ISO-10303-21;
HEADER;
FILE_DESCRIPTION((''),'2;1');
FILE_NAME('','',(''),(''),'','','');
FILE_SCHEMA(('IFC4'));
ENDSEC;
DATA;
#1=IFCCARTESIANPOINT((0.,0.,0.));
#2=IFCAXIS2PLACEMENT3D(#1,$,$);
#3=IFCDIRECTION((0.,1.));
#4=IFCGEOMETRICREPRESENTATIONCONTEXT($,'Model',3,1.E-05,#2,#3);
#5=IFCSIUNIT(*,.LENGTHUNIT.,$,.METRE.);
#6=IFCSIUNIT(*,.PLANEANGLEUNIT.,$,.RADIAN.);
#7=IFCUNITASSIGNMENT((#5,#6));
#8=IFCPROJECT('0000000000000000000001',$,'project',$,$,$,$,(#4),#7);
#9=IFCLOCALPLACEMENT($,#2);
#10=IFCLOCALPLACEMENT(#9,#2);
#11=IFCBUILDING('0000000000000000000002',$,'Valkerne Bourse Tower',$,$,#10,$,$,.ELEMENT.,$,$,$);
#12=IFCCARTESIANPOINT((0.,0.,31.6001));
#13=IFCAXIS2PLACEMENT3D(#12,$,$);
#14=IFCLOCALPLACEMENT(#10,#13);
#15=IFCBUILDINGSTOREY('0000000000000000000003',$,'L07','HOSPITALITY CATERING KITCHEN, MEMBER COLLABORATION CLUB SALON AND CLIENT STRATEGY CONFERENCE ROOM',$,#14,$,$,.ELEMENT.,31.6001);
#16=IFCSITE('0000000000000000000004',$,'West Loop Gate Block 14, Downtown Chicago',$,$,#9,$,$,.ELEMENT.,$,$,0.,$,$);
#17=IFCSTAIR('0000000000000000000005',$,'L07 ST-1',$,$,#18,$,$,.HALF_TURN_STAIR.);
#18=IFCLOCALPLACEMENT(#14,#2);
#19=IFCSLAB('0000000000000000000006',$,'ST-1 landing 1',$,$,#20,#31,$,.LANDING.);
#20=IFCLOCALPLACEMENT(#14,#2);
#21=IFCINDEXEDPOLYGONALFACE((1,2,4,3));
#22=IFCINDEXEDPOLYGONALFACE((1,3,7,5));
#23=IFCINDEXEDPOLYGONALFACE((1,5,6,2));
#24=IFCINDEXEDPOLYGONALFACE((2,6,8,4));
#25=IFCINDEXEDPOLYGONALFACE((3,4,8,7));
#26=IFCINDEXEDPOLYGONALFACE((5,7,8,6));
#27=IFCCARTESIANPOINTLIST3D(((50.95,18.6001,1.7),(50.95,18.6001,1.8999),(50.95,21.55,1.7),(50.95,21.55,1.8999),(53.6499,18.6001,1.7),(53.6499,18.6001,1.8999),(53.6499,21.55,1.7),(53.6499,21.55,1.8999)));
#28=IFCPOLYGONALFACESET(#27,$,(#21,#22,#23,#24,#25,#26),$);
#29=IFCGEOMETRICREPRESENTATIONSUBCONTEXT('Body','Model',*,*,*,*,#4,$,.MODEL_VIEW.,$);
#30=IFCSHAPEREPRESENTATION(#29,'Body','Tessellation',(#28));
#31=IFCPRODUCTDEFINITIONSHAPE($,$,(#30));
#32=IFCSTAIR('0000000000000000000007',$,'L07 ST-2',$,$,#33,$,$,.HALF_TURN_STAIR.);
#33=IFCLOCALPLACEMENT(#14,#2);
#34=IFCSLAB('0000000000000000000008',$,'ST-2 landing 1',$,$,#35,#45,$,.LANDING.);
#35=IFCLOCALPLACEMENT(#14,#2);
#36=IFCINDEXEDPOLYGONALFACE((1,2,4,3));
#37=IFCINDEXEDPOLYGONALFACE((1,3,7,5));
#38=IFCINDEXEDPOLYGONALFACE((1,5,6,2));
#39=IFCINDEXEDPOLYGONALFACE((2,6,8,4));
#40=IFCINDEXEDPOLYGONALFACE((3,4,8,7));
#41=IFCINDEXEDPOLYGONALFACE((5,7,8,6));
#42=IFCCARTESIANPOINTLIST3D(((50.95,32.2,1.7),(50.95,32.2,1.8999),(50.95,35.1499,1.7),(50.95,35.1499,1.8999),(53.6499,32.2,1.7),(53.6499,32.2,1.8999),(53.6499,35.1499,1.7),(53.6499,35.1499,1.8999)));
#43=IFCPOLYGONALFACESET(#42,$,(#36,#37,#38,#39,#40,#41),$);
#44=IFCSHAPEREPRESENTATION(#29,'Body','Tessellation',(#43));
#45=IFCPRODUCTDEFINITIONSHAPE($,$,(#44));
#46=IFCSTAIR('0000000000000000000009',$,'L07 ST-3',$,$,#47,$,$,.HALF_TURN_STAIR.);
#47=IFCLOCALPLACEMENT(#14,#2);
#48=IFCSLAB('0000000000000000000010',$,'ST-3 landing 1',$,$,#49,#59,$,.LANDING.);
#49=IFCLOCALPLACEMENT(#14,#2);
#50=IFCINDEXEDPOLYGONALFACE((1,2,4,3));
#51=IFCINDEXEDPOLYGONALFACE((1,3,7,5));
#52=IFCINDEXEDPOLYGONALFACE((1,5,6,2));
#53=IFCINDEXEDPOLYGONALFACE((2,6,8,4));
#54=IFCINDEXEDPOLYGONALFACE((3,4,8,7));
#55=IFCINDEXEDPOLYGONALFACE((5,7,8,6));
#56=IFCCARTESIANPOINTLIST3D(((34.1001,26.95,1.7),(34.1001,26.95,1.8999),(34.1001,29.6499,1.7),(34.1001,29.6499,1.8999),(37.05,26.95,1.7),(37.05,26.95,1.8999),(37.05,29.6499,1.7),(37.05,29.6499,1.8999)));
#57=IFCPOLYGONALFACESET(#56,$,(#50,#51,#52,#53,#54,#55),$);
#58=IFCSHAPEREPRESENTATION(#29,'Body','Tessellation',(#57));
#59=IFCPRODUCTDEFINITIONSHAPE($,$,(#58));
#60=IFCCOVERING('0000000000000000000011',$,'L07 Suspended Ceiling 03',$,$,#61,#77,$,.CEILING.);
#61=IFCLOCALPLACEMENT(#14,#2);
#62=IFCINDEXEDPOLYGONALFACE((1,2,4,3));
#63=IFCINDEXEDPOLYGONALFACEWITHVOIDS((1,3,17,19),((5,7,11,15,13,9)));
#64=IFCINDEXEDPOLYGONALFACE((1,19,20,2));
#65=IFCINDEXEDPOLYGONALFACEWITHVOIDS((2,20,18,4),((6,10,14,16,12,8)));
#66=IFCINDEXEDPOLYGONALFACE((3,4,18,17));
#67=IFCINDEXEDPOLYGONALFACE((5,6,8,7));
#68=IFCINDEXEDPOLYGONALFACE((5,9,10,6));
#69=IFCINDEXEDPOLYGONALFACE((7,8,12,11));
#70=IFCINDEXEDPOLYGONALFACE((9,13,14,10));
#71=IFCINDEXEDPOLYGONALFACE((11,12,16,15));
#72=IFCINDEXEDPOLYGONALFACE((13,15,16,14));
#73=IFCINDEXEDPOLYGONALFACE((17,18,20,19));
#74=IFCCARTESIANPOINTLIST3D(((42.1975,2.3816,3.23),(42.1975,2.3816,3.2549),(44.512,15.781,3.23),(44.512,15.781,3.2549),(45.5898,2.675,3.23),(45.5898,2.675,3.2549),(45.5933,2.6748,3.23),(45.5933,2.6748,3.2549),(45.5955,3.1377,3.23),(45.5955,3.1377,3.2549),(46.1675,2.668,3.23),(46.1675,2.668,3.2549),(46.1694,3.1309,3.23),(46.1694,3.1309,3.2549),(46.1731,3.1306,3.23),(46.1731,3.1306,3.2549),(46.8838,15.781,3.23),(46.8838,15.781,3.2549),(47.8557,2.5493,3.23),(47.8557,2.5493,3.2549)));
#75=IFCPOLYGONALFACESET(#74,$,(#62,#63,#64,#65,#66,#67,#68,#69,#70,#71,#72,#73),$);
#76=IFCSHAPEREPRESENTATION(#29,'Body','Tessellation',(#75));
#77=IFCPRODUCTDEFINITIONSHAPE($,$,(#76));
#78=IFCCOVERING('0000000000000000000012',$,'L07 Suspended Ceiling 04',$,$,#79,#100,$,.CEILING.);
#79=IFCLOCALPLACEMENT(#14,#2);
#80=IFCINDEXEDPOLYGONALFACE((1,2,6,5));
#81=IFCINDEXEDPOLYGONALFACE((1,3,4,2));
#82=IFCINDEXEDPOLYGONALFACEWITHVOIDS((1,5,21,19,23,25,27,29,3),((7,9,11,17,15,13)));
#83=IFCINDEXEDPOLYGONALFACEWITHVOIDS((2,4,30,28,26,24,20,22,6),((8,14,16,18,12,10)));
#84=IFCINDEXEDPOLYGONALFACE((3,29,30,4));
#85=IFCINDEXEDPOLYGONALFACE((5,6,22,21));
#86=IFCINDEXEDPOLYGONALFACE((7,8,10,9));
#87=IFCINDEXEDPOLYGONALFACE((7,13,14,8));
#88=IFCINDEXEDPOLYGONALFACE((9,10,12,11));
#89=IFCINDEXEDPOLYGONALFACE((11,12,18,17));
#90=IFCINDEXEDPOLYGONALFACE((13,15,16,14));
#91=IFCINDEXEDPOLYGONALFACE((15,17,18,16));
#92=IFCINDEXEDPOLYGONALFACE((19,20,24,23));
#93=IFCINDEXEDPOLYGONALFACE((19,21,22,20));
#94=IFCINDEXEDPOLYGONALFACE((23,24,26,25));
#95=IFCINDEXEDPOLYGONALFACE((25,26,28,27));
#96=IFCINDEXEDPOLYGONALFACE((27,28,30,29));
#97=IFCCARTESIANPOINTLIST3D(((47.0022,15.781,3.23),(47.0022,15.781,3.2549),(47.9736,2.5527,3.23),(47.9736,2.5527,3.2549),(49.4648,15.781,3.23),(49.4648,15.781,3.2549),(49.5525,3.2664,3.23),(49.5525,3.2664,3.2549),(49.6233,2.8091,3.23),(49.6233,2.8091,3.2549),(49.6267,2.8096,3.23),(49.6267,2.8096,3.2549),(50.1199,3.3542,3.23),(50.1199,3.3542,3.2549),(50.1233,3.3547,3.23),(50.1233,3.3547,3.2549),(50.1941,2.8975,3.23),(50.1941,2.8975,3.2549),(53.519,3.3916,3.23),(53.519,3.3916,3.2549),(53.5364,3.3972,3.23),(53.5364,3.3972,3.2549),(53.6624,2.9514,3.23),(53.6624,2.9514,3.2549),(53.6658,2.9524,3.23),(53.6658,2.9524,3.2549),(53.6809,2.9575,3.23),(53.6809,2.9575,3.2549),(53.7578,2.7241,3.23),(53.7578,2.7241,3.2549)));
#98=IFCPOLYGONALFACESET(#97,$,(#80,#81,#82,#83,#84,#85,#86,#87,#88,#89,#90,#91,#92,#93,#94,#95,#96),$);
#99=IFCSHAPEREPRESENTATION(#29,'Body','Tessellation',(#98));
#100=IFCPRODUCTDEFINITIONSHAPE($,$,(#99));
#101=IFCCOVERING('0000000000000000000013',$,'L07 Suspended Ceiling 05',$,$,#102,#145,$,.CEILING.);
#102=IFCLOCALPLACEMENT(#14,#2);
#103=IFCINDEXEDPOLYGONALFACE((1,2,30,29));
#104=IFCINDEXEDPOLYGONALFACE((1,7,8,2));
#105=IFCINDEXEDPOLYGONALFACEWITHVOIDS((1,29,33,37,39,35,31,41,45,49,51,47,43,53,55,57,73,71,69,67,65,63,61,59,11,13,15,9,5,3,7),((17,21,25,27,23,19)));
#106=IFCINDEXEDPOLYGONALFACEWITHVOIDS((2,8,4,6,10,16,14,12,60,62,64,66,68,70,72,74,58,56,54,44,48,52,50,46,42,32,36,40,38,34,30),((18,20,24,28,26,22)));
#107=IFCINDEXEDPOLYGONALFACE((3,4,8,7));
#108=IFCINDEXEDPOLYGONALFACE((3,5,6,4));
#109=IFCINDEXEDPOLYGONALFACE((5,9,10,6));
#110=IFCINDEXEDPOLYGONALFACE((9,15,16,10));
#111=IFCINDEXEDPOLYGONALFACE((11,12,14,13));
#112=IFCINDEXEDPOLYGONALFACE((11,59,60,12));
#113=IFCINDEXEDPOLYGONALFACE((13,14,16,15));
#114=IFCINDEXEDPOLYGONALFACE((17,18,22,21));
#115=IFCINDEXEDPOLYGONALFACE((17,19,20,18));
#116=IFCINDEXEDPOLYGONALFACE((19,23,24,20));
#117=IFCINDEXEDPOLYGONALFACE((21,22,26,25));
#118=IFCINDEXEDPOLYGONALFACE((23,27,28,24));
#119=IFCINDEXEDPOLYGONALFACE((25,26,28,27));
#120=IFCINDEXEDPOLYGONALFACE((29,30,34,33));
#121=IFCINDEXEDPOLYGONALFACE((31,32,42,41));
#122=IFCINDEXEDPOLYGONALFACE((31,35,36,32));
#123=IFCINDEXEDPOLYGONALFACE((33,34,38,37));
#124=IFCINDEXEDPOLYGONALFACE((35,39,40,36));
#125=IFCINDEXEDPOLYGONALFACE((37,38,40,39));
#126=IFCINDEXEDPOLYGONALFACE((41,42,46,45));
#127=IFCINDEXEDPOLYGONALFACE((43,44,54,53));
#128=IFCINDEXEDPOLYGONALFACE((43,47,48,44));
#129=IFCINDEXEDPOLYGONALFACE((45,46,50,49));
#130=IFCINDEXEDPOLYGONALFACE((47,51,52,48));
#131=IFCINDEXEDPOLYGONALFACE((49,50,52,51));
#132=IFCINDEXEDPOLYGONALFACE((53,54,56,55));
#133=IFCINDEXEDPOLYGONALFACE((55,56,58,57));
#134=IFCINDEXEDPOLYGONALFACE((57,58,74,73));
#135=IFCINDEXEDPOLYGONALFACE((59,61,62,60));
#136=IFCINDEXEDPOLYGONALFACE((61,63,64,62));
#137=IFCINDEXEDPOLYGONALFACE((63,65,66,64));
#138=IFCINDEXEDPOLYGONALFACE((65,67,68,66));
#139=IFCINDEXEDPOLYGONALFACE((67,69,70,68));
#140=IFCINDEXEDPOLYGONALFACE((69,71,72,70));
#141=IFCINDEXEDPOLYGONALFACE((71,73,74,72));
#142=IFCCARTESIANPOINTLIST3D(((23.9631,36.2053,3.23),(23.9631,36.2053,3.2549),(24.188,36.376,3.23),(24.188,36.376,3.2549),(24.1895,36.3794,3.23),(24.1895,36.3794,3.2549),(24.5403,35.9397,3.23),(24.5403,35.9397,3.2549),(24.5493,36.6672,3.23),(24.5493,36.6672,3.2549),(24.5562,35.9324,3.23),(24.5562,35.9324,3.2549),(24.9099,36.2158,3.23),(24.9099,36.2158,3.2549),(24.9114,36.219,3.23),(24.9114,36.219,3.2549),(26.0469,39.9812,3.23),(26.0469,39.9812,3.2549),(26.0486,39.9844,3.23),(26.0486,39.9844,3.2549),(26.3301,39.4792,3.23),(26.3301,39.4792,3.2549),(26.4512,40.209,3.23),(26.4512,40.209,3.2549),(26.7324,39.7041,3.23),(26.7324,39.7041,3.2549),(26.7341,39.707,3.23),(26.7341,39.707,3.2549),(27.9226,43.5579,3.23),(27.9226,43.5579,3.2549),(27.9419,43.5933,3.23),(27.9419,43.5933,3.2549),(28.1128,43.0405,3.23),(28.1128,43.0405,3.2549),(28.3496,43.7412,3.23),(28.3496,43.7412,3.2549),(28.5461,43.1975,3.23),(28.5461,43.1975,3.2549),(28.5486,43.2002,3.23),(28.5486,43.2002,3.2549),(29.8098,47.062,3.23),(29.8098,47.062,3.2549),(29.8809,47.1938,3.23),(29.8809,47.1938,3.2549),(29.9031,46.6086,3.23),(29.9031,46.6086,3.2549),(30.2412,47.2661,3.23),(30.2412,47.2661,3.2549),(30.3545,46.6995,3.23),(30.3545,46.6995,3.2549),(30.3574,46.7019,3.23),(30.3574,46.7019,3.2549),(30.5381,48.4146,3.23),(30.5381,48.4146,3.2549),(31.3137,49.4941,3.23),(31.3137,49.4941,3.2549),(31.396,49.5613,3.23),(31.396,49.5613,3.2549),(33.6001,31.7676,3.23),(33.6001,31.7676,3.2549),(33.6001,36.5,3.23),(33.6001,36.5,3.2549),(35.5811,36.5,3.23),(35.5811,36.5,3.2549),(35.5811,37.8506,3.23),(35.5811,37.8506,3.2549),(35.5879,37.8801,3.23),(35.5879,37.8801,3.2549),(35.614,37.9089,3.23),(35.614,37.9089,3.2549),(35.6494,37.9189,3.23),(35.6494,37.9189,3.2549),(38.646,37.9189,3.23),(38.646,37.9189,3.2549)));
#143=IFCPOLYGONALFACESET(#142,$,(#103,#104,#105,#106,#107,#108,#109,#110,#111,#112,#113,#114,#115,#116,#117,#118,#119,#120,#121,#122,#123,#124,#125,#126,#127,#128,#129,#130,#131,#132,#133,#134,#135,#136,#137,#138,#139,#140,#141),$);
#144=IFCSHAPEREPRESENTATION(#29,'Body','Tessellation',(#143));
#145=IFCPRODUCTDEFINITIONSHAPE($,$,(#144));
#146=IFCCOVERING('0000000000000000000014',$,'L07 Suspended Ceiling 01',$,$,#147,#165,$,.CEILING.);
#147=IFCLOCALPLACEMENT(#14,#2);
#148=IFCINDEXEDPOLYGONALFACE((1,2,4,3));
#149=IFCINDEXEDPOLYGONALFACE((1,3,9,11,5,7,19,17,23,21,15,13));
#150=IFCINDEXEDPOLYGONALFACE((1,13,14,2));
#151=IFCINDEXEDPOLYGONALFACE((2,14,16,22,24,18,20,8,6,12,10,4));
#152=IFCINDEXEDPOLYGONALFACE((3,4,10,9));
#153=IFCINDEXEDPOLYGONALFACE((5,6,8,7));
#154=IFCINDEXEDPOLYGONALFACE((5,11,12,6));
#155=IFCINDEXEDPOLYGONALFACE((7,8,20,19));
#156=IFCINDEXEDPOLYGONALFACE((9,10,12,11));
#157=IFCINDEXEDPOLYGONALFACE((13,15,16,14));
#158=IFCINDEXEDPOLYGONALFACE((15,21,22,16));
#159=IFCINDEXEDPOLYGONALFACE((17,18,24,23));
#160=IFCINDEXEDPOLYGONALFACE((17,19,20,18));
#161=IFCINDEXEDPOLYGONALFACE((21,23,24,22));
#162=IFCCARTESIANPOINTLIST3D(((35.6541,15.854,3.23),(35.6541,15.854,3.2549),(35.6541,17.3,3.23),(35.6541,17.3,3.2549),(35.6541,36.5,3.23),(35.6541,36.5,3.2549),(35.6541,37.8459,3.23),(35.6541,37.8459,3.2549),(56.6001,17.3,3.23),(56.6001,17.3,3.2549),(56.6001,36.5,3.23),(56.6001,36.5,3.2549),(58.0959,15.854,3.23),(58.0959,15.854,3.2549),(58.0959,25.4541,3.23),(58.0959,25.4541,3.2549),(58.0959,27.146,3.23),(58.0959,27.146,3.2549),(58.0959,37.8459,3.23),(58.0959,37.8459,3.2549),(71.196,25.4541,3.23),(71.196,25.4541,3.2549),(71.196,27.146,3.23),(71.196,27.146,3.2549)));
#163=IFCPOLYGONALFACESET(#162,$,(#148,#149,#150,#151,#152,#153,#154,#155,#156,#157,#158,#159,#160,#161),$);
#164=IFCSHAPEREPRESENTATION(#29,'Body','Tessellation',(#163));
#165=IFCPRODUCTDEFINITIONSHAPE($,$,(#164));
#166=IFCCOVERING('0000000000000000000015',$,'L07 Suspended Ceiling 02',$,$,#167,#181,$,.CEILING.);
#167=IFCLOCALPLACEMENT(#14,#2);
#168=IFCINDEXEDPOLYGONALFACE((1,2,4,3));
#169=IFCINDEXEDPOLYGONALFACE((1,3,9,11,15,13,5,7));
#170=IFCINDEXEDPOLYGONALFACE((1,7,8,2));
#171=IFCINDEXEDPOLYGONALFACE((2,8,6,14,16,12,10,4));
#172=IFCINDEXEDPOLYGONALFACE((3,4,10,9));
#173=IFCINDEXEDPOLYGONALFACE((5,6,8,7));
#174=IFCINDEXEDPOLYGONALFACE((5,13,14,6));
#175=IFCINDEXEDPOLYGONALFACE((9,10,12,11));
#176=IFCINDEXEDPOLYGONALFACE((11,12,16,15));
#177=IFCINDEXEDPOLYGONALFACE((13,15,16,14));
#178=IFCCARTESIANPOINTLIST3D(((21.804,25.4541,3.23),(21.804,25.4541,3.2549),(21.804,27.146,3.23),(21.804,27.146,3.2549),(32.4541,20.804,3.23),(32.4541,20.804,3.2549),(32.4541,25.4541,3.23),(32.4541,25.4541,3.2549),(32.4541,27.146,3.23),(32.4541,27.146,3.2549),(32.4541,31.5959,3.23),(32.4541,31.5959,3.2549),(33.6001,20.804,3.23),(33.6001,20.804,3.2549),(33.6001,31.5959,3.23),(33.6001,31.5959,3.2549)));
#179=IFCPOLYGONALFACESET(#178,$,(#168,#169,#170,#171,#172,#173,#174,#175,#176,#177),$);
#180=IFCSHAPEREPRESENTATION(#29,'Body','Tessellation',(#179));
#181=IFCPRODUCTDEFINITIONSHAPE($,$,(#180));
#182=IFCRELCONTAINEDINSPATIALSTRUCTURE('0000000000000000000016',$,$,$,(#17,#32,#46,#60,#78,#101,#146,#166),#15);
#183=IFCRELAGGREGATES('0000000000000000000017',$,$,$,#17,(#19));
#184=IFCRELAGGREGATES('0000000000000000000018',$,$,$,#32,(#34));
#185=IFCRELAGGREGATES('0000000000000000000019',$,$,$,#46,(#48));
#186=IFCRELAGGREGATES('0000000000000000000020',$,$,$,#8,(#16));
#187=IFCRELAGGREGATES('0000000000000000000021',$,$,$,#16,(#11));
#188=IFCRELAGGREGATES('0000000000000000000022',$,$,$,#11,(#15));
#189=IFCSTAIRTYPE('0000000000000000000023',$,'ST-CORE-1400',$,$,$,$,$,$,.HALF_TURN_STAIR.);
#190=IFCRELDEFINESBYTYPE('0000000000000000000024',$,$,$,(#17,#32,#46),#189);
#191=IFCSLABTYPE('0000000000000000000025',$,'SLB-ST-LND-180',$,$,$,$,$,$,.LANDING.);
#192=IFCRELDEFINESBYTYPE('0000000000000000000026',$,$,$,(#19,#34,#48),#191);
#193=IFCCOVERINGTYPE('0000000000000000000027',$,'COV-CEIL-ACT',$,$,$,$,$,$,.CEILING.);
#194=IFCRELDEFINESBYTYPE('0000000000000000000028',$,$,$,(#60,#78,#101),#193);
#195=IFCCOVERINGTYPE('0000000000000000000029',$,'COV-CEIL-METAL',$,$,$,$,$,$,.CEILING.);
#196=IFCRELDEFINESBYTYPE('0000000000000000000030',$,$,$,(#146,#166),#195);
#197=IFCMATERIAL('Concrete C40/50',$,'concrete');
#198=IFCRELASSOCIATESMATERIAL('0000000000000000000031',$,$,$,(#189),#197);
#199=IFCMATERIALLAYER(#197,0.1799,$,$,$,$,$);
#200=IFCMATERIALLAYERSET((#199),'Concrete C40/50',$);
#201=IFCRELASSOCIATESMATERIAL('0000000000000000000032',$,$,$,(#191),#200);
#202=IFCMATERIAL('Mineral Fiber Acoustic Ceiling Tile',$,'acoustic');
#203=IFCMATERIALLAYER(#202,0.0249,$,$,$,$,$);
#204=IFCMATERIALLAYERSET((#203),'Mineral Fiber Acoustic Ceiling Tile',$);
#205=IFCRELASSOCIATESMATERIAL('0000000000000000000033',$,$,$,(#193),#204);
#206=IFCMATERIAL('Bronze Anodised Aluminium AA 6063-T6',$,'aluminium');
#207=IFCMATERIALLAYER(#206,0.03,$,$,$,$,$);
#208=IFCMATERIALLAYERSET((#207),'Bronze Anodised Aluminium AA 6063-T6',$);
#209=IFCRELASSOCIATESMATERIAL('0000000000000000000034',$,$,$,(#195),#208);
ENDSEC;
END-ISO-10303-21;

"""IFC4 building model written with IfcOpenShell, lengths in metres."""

from ifc_helpers import new_model, si_unit, direction, frame, origin, place, context, subcontext, project, spatial, polyline, outline, extrude, material, layer, layer_set, type_object, element, aggregate, save


model = new_model("IFC4")

# Units and contexts
model_context = context("Model", 3, precision=1e-05, world=origin(), true_north=direction((0.0, 1.0)))
body_context = subcontext(model_context, "Body", "Model", "MODEL_VIEW")
ifc_project = project(units=[si_unit("LENGTHUNIT", "METRE"), si_unit("PLANEANGLEUNIT", "RADIAN")], contexts=[model_context])

# Site, building, storey
site_placement = place(None, origin())
site = spatial("IfcSite", under=ifc_project, at=site_placement, Name="West Loop Gate Block 14, Downtown Chicago", CompositionType="ELEMENT", RefElevation=0.0)
building_placement = place(site_placement, origin())
building = spatial("IfcBuilding", under=site, at=building_placement, Name="Valkerne Bourse Tower", CompositionType="ELEMENT")
storey_placement = place(building_placement, frame((0.0, 0.0, 31.6001)))
storey = spatial("IfcBuildingStorey", under=building, at=storey_placement, Name="L07", Description="HOSPITALITY CATERING KITCHEN, MEMBER COLLABORATION CLUB SALON AND CLIENT STRATEGY CONFERENCE ROOM", CompositionType="ELEMENT", Elevation=31.6001)

# Stairs, slabs
ifc_material_1 = material(Name="Concrete C40/50", Category="concrete")
stair_type = type_object("IfcStairType", Name="ST-CORE-1400", PredefinedType="HALF_TURN_STAIR", material=ifc_material_1)
stair_1_placement = place(storey_placement, origin())
stair_1 = element("IfcStair", 1, at=stair_1_placement, inside=storey, type_object=stair_type, Name="L07 ST-1", PredefinedType="HALF_TURN_STAIR")
ifc_layer_1 = layer(ifc_material_1, 0.1799)
ifc_layer_set_1 = layer_set([ifc_layer_1], Name="Concrete C40/50")
slab_type = type_object("IfcSlabType", Name="SLB-ST-LND-180", PredefinedType="LANDING", material=ifc_layer_set_1)
slab_1_placement = place(storey_placement, frame((0.0, 0.0, 1.7)))
slab_1 = element("IfcSlab", 2, at=slab_1_placement, type_object=slab_type, Name="ST-1 landing 1", PredefinedType="LANDING", context=body_context, shape_type="SweptSolid", body=[
    extrude(outline(polyline([(50.95, 18.6001), (53.6499, 18.6001), (53.6499, 21.55), (50.95, 21.55), (50.95, 18.6001)])), origin(), (0.0, 0.0, 1.0), 0.2),
])
aggregate(stair_1, [slab_1])
stair_2_placement = place(storey_placement, origin())
stair_2 = element("IfcStair", 3, at=stair_2_placement, inside=storey, type_object=stair_type, Name="L07 ST-2", PredefinedType="HALF_TURN_STAIR")
slab_2_placement = place(storey_placement, frame((0.0, 0.0, 1.7)))
slab_2 = element("IfcSlab", 4, at=slab_2_placement, type_object=slab_type, Name="ST-2 landing 1", PredefinedType="LANDING", context=body_context, shape_type="SweptSolid", body=[
    extrude(outline(polyline([(50.95, 32.2), (53.6499, 32.2), (53.6499, 35.1499), (50.95, 35.1499), (50.95, 32.2)])), origin(), (0.0, 0.0, 1.0), 0.2),
])
aggregate(stair_2, [slab_2])
stair_3_placement = place(storey_placement, origin())
stair_3 = element("IfcStair", 5, at=stair_3_placement, inside=storey, type_object=stair_type, Name="L07 ST-3", PredefinedType="HALF_TURN_STAIR")
slab_3_placement = place(storey_placement, frame((0.0, 0.0, 1.7)))
slab_3 = element("IfcSlab", 6, at=slab_3_placement, type_object=slab_type, Name="ST-3 landing 1", PredefinedType="LANDING", context=body_context, shape_type="SweptSolid", body=[
    extrude(outline(polyline([(37.05, 26.95), (37.05, 29.6499), (34.1001, 29.6499), (34.1001, 26.95), (37.05, 26.95)])), origin(), (0.0, 0.0, 1.0), 0.2),
])
aggregate(stair_3, [slab_3])

# Coverings
ifc_material_2 = material(Name="Mineral Fiber Acoustic Ceiling Tile", Category="acoustic")
ifc_layer_2 = layer(ifc_material_2, 0.0249)
ifc_layer_set_2 = layer_set([ifc_layer_2], Name="Mineral Fiber Acoustic Ceiling Tile")
covering_type_1 = type_object("IfcCoveringType", Name="COV-CEIL-ACT", PredefinedType="CEILING", material=ifc_layer_set_2)
covering_1_placement = place(storey_placement, frame((0.0, 0.0, 3.23)))
element("IfcCovering", 7, at=covering_1_placement, inside=storey, type_object=covering_type_1, Name="L07 Suspended Ceiling 03", PredefinedType="CEILING", context=body_context, shape_type="SweptSolid", body=[
    extrude(outline(polyline([(46.8838, 15.781), (47.8557, 2.5493), (42.1975, 2.3816), (44.512, 15.781), (46.8838, 15.781)]), holes=[polyline([(46.1731, 3.1306), (46.1694, 3.1309), (45.5955, 3.1377), (45.5898, 2.675), (45.5933, 2.6748), (46.1675, 2.668), (46.1731, 3.1306)])]), origin(), (0.0, 0.0, 1.0), 0.0249),
])
covering_2_placement = place(storey_placement, frame((0.0, 0.0, 3.23)))
element("IfcCovering", 8, at=covering_2_placement, inside=storey, type_object=covering_type_1, Name="L07 Suspended Ceiling 04", PredefinedType="CEILING", context=body_context, shape_type="SweptSolid", body=[
    extrude(outline(polyline([(49.4648, 15.781), (53.5364, 3.3972), (53.519, 3.3916), (53.6624, 2.9514), (53.6658, 2.9524), (53.6809, 2.9575), (53.7578, 2.7241), (47.9736, 2.5527), (47.0022, 15.781), (49.4648, 15.781)]), holes=[polyline([(49.6267, 2.8096), (50.1941, 2.8975), (50.1233, 3.3547), (50.1199, 3.3542), (49.5525, 3.2664), (49.6233, 2.8091), (49.6267, 2.8096)])]), origin(), (0.0, 0.0, 1.0), 0.0249),
])
covering_3_placement = place(storey_placement, frame((0.0, 0.0, 3.23)))
element("IfcCovering", 9, at=covering_3_placement, inside=storey, type_object=covering_type_1, Name="L07 Suspended Ceiling 05", PredefinedType="CEILING", context=body_context, shape_type="SweptSolid", body=[
    extrude(outline(polyline([(31.396, 49.5613), (38.646, 37.9189), (35.6494, 37.9189), (35.614, 37.9089), (35.5879, 37.8801), (35.5811, 37.8506), (35.5811, 36.5), (33.6001, 36.5), (33.6001, 31.7676), (24.5562, 35.9324), (24.9099, 36.2158), (24.9114, 36.219), (24.5493, 36.6672), (24.1895, 36.3794), (24.188, 36.376), (24.5403, 35.9397), (23.9631, 36.2053), (27.9226, 43.5579), (28.1128, 43.0405), (28.5461, 43.1975), (28.5486, 43.2002), (28.3496, 43.7412), (27.9419, 43.5933), (29.8098, 47.062), (29.9031, 46.6086), (30.3545, 46.6995), (30.3574, 46.7019), (30.2412, 47.2661), (29.8809, 47.1938), (30.5381, 48.4146), (31.3137, 49.4941), (31.396, 49.5613)]), holes=[polyline([(26.7324, 39.7041), (26.7341, 39.707), (26.4512, 40.209), (26.0486, 39.9844), (26.0469, 39.9812), (26.3301, 39.4792), (26.7324, 39.7041)])]), origin(), (0.0, 0.0, 1.0), 0.0249),
])
ifc_material_3 = material(Name="Bronze Anodised Aluminium AA 6063-T6", Category="aluminium")
ifc_layer_3 = layer(ifc_material_3, 0.03)
ifc_layer_set_3 = layer_set([ifc_layer_3], Name="Bronze Anodised Aluminium AA 6063-T6")
covering_type_2 = type_object("IfcCoveringType", Name="COV-CEIL-METAL", PredefinedType="CEILING", material=ifc_layer_set_3)
covering_4_placement = place(storey_placement, frame((0.0, 0.0, 3.23)))
element("IfcCovering", 10, at=covering_4_placement, inside=storey, type_object=covering_type_2, Name="L07 Suspended Ceiling 01", PredefinedType="CEILING", context=body_context, shape_type="SweptSolid", body=[
    extrude(outline(polyline([(71.196, 27.146), (71.196, 25.4541), (58.0959, 25.4541), (58.0959, 15.854), (35.6541, 15.854), (35.6541, 17.3), (56.6001, 17.3), (56.6001, 36.5), (35.6541, 36.5), (35.6541, 37.8459), (58.0959, 37.8459), (58.0959, 27.146), (71.196, 27.146)])), origin(), (0.0, 0.0, 1.0), 0.0249),
])
covering_5_placement = place(storey_placement, frame((0.0, 0.0, 3.23)))
element("IfcCovering", 11, at=covering_5_placement, inside=storey, type_object=covering_type_2, Name="L07 Suspended Ceiling 02", PredefinedType="CEILING", context=body_context, shape_type="SweptSolid", body=[
    extrude(outline(polyline([(32.4541, 20.804), (32.4541, 25.4541), (21.804, 25.4541), (21.804, 27.146), (32.4541, 27.146), (32.4541, 31.5959), (33.6001, 31.5959), (33.6001, 20.804), (32.4541, 20.804)])), origin(), (0.0, 0.0, 1.0), 0.0249),
])

save(model, "model.ifc")
